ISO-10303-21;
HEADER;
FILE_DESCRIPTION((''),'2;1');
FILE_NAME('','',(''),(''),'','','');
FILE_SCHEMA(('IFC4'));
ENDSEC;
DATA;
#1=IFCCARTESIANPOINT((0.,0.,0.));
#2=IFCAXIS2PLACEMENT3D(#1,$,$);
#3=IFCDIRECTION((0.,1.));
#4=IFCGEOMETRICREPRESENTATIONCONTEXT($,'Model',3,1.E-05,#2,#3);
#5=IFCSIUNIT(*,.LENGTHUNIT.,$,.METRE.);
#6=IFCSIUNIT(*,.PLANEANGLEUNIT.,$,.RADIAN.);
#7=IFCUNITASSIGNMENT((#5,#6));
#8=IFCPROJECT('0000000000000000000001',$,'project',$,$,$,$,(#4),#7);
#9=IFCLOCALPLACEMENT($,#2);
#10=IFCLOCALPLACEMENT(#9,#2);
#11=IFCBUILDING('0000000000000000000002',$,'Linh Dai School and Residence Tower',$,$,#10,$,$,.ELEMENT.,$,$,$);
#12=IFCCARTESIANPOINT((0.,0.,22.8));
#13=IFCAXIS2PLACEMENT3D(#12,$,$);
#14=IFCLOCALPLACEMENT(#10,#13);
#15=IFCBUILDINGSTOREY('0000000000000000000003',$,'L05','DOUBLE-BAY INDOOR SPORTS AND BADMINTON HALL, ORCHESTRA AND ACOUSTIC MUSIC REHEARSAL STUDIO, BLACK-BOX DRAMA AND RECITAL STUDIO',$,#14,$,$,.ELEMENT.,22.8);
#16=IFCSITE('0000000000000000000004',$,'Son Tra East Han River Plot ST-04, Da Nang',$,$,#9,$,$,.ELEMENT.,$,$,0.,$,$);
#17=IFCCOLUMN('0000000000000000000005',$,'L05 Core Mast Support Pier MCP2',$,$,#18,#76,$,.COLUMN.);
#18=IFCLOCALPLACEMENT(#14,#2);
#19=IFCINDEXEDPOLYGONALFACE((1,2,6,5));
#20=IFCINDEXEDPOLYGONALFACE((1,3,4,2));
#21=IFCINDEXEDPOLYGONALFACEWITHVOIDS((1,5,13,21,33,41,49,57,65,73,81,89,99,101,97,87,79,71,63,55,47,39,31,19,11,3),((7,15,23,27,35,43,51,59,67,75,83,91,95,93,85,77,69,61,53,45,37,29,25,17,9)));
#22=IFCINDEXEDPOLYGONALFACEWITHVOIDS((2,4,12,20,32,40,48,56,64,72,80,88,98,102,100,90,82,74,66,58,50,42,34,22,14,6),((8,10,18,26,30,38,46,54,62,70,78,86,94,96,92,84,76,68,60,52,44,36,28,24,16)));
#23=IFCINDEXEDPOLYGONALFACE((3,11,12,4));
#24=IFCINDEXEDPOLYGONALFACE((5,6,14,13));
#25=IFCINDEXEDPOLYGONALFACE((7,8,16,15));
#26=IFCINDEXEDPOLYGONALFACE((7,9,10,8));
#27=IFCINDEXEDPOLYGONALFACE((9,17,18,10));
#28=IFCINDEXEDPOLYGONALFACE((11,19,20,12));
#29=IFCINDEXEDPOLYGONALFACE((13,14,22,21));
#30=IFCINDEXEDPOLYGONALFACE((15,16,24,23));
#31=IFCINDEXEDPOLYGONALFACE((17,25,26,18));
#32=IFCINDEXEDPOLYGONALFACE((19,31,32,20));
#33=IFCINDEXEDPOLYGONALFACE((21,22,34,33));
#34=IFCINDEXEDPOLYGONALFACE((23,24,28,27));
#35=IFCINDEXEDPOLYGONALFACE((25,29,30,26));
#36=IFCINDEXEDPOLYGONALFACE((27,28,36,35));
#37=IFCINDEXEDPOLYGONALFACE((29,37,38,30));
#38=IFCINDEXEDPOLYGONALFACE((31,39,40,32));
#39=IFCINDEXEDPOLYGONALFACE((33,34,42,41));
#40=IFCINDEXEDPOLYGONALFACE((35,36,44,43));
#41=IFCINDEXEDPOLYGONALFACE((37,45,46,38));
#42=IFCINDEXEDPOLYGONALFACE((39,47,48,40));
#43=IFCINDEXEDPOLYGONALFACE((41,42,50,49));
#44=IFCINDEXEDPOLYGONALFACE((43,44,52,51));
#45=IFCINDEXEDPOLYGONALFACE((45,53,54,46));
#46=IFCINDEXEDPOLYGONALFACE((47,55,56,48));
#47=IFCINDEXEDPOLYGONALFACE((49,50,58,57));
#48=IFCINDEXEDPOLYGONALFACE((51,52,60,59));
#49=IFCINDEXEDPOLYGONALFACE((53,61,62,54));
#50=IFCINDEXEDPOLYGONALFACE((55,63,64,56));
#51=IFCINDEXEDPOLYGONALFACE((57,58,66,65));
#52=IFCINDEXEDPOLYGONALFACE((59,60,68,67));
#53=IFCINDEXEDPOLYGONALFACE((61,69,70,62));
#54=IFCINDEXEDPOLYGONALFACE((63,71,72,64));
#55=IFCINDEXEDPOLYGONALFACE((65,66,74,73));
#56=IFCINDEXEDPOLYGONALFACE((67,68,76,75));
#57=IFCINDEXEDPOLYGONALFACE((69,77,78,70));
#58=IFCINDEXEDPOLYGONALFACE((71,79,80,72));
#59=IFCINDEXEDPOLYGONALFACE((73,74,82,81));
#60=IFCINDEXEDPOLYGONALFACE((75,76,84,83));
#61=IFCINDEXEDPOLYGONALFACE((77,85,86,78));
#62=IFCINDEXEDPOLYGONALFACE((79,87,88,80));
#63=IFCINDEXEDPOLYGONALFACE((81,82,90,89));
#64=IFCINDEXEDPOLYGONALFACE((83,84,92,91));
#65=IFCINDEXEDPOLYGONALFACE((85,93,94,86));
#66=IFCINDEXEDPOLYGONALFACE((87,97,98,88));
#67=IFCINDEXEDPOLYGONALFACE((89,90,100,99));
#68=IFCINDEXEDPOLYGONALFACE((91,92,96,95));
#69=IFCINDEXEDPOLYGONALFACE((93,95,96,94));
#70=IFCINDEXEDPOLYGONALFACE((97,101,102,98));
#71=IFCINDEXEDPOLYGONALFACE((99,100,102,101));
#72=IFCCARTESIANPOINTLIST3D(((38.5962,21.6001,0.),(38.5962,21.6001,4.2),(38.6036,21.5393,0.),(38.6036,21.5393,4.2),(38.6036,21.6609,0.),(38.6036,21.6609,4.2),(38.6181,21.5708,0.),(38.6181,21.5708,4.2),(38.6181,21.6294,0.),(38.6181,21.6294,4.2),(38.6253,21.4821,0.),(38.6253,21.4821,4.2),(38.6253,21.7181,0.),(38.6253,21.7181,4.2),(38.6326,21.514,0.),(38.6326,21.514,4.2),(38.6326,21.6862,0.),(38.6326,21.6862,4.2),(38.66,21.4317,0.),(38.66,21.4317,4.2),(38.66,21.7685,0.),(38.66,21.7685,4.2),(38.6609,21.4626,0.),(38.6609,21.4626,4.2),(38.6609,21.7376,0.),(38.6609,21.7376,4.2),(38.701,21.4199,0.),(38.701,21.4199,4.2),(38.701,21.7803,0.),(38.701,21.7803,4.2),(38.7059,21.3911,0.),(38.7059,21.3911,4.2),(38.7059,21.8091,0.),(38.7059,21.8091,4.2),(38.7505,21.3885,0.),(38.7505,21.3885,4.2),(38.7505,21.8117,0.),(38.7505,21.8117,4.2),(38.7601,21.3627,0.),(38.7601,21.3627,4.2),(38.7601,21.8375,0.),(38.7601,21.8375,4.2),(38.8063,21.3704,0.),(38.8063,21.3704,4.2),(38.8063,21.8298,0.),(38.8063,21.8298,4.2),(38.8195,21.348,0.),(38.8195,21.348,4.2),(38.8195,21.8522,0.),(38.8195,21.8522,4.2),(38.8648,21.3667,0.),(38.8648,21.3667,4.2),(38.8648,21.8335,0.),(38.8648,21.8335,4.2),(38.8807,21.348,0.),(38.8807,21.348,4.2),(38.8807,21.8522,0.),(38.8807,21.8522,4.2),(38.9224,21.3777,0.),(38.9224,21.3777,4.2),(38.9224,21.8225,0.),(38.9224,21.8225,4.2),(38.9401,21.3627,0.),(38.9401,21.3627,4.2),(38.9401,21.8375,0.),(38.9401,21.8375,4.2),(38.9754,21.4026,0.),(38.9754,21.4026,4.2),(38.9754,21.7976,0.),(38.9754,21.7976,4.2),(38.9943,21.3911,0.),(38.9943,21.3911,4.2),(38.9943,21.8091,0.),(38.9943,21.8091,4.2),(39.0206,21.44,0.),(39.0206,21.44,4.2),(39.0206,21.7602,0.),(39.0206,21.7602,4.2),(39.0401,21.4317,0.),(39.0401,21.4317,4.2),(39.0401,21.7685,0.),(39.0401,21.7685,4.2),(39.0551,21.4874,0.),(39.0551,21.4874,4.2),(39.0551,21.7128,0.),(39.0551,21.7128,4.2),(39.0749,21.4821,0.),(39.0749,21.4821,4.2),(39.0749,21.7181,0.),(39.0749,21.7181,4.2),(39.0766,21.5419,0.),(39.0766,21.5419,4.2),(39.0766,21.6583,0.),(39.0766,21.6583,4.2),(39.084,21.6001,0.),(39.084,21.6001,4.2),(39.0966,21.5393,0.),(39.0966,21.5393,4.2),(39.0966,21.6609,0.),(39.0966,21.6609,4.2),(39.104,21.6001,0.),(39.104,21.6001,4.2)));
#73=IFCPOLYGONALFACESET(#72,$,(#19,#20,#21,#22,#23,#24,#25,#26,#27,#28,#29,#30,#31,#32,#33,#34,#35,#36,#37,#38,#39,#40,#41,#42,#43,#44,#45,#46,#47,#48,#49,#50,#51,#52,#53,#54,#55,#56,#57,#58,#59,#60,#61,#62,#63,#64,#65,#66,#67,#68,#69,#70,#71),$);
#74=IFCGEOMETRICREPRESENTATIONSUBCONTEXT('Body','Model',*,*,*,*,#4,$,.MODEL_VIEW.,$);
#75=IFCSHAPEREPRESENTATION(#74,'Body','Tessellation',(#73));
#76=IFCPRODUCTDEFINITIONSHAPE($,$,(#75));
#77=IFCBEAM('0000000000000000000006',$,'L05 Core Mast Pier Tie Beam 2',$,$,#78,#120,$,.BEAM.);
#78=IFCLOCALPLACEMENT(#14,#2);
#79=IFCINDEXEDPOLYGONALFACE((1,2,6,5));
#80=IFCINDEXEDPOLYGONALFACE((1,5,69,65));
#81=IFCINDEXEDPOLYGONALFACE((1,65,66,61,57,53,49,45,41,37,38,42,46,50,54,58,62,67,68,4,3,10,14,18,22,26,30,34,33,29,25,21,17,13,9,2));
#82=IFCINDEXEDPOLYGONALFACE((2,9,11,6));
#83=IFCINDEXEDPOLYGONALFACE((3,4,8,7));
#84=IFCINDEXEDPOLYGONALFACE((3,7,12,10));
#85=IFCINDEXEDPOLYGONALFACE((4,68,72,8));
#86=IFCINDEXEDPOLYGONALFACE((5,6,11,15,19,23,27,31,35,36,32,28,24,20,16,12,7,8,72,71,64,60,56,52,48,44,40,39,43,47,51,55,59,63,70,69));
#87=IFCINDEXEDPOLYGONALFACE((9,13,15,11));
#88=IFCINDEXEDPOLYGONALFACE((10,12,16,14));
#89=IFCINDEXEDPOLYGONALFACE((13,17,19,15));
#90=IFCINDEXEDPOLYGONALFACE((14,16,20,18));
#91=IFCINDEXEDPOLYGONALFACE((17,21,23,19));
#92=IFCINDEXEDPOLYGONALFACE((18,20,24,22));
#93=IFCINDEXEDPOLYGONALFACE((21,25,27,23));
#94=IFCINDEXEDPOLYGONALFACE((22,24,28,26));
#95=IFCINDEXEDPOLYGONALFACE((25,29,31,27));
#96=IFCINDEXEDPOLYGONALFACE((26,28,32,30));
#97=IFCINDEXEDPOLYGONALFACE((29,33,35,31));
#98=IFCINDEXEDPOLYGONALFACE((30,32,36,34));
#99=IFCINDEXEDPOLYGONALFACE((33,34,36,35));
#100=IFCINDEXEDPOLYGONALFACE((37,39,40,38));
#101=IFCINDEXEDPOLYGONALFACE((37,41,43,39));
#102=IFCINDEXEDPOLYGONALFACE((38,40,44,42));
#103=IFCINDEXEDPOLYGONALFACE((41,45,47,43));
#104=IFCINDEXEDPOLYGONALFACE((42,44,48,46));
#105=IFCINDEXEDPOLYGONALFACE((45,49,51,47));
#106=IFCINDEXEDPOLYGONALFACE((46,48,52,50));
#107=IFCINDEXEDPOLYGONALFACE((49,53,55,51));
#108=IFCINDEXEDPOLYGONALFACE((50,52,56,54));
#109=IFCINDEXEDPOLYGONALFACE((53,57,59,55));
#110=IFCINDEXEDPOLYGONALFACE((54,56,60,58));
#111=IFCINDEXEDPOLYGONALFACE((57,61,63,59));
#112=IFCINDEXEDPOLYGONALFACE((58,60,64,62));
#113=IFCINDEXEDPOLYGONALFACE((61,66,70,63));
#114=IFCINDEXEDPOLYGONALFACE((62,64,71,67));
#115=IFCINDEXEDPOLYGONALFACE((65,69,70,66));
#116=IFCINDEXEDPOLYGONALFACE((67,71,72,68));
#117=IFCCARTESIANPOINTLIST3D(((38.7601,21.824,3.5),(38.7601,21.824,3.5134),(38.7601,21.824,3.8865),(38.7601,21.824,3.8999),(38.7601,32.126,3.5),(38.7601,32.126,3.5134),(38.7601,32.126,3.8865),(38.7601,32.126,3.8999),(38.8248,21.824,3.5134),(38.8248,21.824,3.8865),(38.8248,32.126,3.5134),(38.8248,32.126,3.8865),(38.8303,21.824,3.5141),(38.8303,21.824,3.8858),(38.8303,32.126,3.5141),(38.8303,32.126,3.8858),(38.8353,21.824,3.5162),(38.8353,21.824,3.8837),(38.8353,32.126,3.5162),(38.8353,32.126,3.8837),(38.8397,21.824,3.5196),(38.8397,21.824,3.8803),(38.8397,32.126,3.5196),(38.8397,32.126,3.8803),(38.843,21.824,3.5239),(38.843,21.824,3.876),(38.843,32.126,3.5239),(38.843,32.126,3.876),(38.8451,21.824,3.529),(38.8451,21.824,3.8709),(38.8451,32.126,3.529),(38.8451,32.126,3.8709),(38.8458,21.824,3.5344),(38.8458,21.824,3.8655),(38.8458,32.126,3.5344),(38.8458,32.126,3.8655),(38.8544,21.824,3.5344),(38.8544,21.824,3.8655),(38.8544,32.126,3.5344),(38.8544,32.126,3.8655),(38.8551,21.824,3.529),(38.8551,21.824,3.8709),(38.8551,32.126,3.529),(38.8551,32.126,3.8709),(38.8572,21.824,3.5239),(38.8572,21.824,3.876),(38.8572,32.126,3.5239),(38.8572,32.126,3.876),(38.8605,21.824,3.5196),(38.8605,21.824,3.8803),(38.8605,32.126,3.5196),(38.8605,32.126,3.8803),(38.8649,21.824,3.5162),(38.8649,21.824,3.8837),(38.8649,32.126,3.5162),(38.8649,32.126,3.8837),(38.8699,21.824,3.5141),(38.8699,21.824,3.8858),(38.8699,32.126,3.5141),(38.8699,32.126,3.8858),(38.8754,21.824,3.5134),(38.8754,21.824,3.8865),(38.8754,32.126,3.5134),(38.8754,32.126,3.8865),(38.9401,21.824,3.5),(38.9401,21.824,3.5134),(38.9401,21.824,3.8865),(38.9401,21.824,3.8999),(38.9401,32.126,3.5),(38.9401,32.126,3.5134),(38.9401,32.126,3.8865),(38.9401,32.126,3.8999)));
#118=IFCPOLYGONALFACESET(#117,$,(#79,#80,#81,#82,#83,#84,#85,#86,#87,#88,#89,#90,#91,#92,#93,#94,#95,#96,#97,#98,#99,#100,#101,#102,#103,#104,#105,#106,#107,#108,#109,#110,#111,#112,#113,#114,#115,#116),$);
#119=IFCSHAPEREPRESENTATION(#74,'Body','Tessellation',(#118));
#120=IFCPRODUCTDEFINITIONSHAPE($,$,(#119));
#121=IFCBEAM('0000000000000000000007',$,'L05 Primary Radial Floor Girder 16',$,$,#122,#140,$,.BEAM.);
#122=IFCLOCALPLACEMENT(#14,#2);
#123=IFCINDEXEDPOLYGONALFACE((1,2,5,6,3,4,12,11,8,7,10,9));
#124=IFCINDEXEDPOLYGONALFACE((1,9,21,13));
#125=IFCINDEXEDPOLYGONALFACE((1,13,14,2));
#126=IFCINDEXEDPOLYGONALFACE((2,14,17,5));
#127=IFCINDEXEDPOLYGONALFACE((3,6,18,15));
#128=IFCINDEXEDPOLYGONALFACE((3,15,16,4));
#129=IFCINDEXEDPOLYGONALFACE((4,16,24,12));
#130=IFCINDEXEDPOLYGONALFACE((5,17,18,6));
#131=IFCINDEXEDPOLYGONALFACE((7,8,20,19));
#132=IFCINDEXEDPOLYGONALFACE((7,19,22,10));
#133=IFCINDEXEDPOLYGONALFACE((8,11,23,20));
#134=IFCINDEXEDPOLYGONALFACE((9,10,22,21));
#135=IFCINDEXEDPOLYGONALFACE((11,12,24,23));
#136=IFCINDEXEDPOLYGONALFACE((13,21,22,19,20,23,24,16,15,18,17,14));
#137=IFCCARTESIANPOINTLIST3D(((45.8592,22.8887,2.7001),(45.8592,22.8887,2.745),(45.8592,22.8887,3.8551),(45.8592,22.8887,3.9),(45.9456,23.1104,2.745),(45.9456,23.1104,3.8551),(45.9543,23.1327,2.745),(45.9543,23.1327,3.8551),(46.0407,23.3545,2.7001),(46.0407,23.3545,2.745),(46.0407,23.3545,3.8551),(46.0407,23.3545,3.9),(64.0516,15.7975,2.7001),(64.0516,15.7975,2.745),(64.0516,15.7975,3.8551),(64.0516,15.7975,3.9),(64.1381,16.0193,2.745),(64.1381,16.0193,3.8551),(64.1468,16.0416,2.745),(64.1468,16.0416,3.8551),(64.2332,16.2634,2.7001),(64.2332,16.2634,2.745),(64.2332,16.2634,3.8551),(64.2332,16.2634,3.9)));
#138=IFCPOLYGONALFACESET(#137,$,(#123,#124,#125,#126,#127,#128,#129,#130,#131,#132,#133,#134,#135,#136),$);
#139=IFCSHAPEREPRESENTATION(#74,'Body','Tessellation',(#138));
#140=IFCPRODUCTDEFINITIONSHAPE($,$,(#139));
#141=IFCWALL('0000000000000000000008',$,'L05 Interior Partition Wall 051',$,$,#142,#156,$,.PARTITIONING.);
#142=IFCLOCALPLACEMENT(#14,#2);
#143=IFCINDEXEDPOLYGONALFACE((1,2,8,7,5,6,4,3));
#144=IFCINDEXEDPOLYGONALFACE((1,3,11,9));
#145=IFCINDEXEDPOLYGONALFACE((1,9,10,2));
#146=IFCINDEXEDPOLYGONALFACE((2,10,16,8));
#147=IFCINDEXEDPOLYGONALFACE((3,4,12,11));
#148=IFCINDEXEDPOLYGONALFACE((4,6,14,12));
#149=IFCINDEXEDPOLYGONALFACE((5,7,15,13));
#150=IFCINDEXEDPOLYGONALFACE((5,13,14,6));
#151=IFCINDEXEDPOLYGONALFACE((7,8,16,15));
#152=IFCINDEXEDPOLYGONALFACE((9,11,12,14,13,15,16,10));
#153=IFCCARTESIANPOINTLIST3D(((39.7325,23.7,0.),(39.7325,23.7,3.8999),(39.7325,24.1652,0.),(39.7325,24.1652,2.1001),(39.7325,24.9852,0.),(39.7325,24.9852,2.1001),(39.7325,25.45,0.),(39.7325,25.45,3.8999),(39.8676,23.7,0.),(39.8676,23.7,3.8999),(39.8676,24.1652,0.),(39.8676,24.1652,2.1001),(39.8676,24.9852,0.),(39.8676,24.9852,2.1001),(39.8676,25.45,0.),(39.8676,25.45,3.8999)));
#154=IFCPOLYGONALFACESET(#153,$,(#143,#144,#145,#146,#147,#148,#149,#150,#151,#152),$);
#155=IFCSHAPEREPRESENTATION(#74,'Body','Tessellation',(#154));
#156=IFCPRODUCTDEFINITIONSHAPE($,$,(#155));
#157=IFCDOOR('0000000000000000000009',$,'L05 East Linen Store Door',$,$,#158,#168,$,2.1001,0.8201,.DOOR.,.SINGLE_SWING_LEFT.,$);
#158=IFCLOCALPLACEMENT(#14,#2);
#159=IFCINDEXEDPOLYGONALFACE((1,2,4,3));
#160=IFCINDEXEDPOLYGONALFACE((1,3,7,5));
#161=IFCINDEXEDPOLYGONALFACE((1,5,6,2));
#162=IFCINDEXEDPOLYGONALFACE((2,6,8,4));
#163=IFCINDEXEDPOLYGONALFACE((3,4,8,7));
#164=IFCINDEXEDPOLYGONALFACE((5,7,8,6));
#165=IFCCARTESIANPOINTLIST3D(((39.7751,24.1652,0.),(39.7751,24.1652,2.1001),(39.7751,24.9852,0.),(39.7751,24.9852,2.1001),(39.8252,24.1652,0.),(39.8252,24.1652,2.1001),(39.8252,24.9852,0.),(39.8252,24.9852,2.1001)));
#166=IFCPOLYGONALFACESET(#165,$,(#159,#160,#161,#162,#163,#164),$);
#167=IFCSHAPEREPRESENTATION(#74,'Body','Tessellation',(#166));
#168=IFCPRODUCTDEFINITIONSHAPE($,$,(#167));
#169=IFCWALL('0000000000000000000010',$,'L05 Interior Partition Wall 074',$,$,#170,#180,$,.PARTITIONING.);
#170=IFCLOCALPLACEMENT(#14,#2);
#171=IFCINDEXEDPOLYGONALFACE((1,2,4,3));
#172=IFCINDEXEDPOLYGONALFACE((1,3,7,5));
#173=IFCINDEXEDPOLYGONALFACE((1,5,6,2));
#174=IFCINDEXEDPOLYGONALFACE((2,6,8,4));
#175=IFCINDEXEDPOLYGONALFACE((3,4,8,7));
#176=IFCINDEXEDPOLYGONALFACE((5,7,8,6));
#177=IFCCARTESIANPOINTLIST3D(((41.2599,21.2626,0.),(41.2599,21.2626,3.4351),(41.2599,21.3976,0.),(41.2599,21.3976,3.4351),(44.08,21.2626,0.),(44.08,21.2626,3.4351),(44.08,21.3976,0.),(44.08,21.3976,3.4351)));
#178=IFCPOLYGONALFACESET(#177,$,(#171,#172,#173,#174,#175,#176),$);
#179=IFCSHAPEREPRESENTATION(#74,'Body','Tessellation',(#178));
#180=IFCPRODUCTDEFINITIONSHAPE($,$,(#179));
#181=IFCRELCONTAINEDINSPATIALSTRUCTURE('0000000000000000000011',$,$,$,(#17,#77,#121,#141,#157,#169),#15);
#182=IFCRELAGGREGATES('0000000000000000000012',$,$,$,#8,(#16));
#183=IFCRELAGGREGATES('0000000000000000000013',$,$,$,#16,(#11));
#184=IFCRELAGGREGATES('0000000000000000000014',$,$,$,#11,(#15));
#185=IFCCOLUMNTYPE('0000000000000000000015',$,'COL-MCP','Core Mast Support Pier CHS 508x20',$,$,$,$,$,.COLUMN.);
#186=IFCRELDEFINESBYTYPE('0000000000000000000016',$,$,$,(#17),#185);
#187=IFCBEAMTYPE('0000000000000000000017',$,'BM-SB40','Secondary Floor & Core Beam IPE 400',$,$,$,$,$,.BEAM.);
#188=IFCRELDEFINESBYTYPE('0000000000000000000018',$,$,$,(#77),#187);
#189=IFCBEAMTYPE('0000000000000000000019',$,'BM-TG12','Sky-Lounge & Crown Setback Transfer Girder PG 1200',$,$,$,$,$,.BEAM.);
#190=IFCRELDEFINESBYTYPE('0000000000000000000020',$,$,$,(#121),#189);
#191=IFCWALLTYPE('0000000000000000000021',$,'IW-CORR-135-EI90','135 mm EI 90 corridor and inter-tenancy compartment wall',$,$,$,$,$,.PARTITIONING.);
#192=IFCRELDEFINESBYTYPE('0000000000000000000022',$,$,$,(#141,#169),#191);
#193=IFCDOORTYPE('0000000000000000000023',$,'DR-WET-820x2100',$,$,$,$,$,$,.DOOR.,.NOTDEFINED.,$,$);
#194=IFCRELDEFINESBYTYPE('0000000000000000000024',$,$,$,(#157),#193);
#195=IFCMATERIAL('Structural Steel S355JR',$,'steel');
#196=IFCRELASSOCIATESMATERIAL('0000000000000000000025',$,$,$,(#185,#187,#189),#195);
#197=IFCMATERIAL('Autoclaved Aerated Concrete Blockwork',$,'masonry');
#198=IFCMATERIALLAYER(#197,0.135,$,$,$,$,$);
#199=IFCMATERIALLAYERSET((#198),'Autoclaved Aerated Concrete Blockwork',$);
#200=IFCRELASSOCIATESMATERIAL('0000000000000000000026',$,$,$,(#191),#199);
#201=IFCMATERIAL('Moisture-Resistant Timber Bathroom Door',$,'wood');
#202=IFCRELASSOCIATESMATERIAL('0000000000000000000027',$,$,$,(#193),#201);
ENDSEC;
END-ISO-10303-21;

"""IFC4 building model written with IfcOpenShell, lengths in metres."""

from ifc_helpers import new_model, si_unit, direction, frame, frame_2d, origin, origin_2d, place, context, subcontext, project, spatial, rectangle, hollow_circle, i_section, extrude, source, transform, mapped, material, layer, layer_set, material_profile, profile_set, type_object, element, fill, save


model = new_model("IFC4")

# Units and contexts
model_context = context("Model", 3, precision=1e-05, world=origin(), true_north=direction((0.0, 1.0)))
body_context = subcontext(model_context, "Body", "Model", "MODEL_VIEW")
ifc_project = project(units=[si_unit("LENGTHUNIT", "METRE"), si_unit("PLANEANGLEUNIT", "RADIAN")], contexts=[model_context])

# Site, building, storey
site_placement = place(None, origin())
site = spatial("IfcSite", under=ifc_project, at=site_placement, Name="Son Tra East Han River Plot ST-04, Da Nang", CompositionType="ELEMENT", RefElevation=0.0)
building_placement = place(site_placement, origin())
building = spatial("IfcBuilding", under=site, at=building_placement, Name="Linh Dai School and Residence Tower", CompositionType="ELEMENT")
storey_placement = place(building_placement, frame((0.0, 0.0, 22.8)))
storey = spatial("IfcBuildingStorey", under=building, at=storey_placement, Name="L05", Description="DOUBLE-BAY INDOOR SPORTS AND BADMINTON HALL, ORCHESTRA AND ACOUSTIC MUSIC REHEARSAL STUDIO, BLACK-BOX DRAMA AND RECITAL STUDIO", CompositionType="ELEMENT", Elevation=22.8)

# Column
ifc_material_1 = material(Name="Structural Steel S355JR", Category="steel")
ifc_material_profile_1 = material_profile(ifc_material_1, hollow_circle(Radius=0.2539, WallThickness=0.02, at=origin_2d()), Name="CHS 508x20")
ifc_profile_set_1 = profile_set([ifc_material_profile_1], Name="Structural Steel S355JR")
column_type_1 = type_object("IfcColumnType", Name="COL-MCP", Description="Core Mast Support Pier CHS 508x20", PredefinedType="COLUMN", material=ifc_profile_set_1)
column_placement = place(storey_placement, frame((38.8501, 21.6001, 0.0), z_axis=(0.0, 0.0, 1.0), x_axis=(1.0, 0.0, 0.0)))
element("IfcColumn", 1, at=column_placement, inside=storey, type_object=column_type_1, Name="L05 Core Mast Support Pier MCP2", PredefinedType="COLUMN", context=body_context, shape_type="SweptSolid", body=[
    extrude(hollow_circle(Radius=0.2539, WallThickness=0.02, at=origin_2d()), origin(), (0.0, 0.0, 1.0), 4.2),
])

# Beams
ifc_material_profile_2 = material_profile(ifc_material_1, i_section(OverallWidth=0.1799, OverallDepth=0.3999, WebThickness=0.0085, FlangeThickness=0.0134, FilletRadius=0.021, at=origin_2d()), Name="IPE 400")
ifc_profile_set_2 = profile_set([ifc_material_profile_2], Name="Structural Steel S355JR")
beam_type_1 = type_object("IfcBeamType", Name="BM-SB40", Description="Secondary Floor & Core Beam IPE 400", PredefinedType="BEAM", material=ifc_profile_set_2)
beam_1_placement = place(storey_placement, frame((38.8501, 21.824, 3.7), z_axis=(0.0, 1.0, 0.0), x_axis=(-1.0, 0.0, 0.0)))
element("IfcBeam", 2, at=beam_1_placement, inside=storey, type_object=beam_type_1, Name="L05 Core Mast Pier Tie Beam 2", PredefinedType="BEAM", context=body_context, shape_type="SweptSolid", body=[
    extrude(i_section(OverallWidth=0.1799, OverallDepth=0.3999, WebThickness=0.0085, FlangeThickness=0.0134, FilletRadius=0.021, at=origin_2d()), origin(), (0.0, 0.0, 1.0), 10.302),
])
ifc_material_profile_3 = material_profile(ifc_material_1, i_section(OverallWidth=0.5, OverallDepth=1.2, WebThickness=0.0239, FlangeThickness=0.0449, at=origin_2d()), Name="PG 1200x500x24x45")
ifc_profile_set_3 = profile_set([ifc_material_profile_3], Name="Structural Steel S355JR")
beam_type_2 = type_object("IfcBeamType", Name="BM-TG12", Description="Sky-Lounge & Crown Setback Transfer Girder PG 1200", PredefinedType="BEAM", material=ifc_profile_set_3)
beam_2_placement = place(storey_placement, frame((45.95, 23.1216, 3.3), z_axis=(0.931723, -0.363169, 0.0), x_axis=(0.363169, 0.931723, 0.0)))
element("IfcBeam", 3, at=beam_2_placement, inside=storey, type_object=beam_type_2, Name="L05 Primary Radial Floor Girder 16", PredefinedType="BEAM", context=body_context, shape_type="SweptSolid", body=[
    extrude(i_section(OverallWidth=0.5, OverallDepth=1.2, WebThickness=0.0239, FlangeThickness=0.0449, at=origin_2d()), origin(), (0.0, 0.0, 1.0), 19.5256),
])

# Wall, opening, door
ifc_material_2 = material(Name="Autoclaved Aerated Concrete Blockwork", Category="masonry")
ifc_layer_1 = layer(ifc_material_2, 0.135)
ifc_layer_set_1 = layer_set([ifc_layer_1], Name="Autoclaved Aerated Concrete Blockwork")
wall_type_1 = type_object("IfcWallType", Name="IW-CORR-135-EI90", Description="135 mm EI 90 corridor and inter-tenancy compartment wall", PredefinedType="PARTITIONING", material=ifc_layer_set_1)
wall_1_placement = place(storey_placement, frame((39.8, 23.7, 0.0), z_axis=(0.0, 0.0, 1.0), x_axis=(0.0, 1.0, 0.0)))
wall_1 = element("IfcWall", 4, at=wall_1_placement, inside=storey, type_object=wall_type_1, Name="L05 Interior Partition Wall 051", PredefinedType="PARTITIONING", context=body_context, shape_type="SweptSolid", body=[
    extrude(rectangle(XDim=1.75, YDim=0.135, at=frame_2d((0.875, 0.0))), origin(), (0.0, 0.0, 1.0), 3.8999),
])
opening_placement = place(wall_1_placement, frame((0.4651, 0.0, 0.0)))
opening = element("IfcOpeningElement", 5, at=opening_placement, cuts=wall_1, PredefinedType="OPENING", context=body_context, shape_type="SweptSolid", body=[
    extrude(rectangle(XDim=0.8201, YDim=2.1001, at=origin_2d()), frame((0.4102, 0.0776, 1.05), z_axis=(0.0, -1.0, 0.0), x_axis=(1.0, 0.0, 0.0)), (0.0, 0.0, 1.0), 0.155),
])
ifc_material_3 = material(Name="Moisture-Resistant Timber Bathroom Door", Category="wood")
door_type = type_object("IfcDoorType", Name="DR-WET-820x2100", OperationType="NOTDEFINED", PredefinedType="DOOR", material=ifc_material_3)
shared_shape_1 = source(origin(), body_context, "Body", "SweptSolid", [
    extrude(rectangle(XDim=0.8201, YDim=2.1001, at=origin_2d()), frame((0.4102, 0.0249, 1.05), z_axis=(0.0, -1.0, 0.0), x_axis=(1.0, 0.0, 0.0)), (0.0, 0.0, 1.0), 0.05),
])
door_placement = place(opening_placement, origin())
door = element("IfcDoor", 6, at=door_placement, inside=storey, type_object=door_type, Name="L05 East Linen Store Door", OperationType="SINGLE_SWING_LEFT", OverallHeight=2.1001, OverallWidth=0.8201, PredefinedType="DOOR", context=body_context, shape_type="MappedRepresentation", body=[
    mapped(shared_shape_1, transform((0.0, 0.0, 0.0), x_axis=(1.0, 0.0, 0.0), y_axis=(0.0, 1.0, 0.0), z_axis=(0.0, 0.0, 1.0), scale=1.0)),
])
fill(opening, door)

# Wall
wall_2_placement = place(storey_placement, frame((44.0801, 21.3301, 0.0), z_axis=(0.0, 0.0, 1.0), x_axis=(-1.0, 0.0, 0.0)))
element("IfcWall", 7, at=wall_2_placement, inside=storey, type_object=wall_type_1, Name="L05 Interior Partition Wall 074", PredefinedType="PARTITIONING", context=body_context, shape_type="SweptSolid", body=[
    extrude(rectangle(XDim=2.8201, YDim=0.135, at=frame_2d((1.4102, 0.0))), origin(), (0.0, 0.0, 1.0), 3.4351),
])

save(model, "model.ifc")
